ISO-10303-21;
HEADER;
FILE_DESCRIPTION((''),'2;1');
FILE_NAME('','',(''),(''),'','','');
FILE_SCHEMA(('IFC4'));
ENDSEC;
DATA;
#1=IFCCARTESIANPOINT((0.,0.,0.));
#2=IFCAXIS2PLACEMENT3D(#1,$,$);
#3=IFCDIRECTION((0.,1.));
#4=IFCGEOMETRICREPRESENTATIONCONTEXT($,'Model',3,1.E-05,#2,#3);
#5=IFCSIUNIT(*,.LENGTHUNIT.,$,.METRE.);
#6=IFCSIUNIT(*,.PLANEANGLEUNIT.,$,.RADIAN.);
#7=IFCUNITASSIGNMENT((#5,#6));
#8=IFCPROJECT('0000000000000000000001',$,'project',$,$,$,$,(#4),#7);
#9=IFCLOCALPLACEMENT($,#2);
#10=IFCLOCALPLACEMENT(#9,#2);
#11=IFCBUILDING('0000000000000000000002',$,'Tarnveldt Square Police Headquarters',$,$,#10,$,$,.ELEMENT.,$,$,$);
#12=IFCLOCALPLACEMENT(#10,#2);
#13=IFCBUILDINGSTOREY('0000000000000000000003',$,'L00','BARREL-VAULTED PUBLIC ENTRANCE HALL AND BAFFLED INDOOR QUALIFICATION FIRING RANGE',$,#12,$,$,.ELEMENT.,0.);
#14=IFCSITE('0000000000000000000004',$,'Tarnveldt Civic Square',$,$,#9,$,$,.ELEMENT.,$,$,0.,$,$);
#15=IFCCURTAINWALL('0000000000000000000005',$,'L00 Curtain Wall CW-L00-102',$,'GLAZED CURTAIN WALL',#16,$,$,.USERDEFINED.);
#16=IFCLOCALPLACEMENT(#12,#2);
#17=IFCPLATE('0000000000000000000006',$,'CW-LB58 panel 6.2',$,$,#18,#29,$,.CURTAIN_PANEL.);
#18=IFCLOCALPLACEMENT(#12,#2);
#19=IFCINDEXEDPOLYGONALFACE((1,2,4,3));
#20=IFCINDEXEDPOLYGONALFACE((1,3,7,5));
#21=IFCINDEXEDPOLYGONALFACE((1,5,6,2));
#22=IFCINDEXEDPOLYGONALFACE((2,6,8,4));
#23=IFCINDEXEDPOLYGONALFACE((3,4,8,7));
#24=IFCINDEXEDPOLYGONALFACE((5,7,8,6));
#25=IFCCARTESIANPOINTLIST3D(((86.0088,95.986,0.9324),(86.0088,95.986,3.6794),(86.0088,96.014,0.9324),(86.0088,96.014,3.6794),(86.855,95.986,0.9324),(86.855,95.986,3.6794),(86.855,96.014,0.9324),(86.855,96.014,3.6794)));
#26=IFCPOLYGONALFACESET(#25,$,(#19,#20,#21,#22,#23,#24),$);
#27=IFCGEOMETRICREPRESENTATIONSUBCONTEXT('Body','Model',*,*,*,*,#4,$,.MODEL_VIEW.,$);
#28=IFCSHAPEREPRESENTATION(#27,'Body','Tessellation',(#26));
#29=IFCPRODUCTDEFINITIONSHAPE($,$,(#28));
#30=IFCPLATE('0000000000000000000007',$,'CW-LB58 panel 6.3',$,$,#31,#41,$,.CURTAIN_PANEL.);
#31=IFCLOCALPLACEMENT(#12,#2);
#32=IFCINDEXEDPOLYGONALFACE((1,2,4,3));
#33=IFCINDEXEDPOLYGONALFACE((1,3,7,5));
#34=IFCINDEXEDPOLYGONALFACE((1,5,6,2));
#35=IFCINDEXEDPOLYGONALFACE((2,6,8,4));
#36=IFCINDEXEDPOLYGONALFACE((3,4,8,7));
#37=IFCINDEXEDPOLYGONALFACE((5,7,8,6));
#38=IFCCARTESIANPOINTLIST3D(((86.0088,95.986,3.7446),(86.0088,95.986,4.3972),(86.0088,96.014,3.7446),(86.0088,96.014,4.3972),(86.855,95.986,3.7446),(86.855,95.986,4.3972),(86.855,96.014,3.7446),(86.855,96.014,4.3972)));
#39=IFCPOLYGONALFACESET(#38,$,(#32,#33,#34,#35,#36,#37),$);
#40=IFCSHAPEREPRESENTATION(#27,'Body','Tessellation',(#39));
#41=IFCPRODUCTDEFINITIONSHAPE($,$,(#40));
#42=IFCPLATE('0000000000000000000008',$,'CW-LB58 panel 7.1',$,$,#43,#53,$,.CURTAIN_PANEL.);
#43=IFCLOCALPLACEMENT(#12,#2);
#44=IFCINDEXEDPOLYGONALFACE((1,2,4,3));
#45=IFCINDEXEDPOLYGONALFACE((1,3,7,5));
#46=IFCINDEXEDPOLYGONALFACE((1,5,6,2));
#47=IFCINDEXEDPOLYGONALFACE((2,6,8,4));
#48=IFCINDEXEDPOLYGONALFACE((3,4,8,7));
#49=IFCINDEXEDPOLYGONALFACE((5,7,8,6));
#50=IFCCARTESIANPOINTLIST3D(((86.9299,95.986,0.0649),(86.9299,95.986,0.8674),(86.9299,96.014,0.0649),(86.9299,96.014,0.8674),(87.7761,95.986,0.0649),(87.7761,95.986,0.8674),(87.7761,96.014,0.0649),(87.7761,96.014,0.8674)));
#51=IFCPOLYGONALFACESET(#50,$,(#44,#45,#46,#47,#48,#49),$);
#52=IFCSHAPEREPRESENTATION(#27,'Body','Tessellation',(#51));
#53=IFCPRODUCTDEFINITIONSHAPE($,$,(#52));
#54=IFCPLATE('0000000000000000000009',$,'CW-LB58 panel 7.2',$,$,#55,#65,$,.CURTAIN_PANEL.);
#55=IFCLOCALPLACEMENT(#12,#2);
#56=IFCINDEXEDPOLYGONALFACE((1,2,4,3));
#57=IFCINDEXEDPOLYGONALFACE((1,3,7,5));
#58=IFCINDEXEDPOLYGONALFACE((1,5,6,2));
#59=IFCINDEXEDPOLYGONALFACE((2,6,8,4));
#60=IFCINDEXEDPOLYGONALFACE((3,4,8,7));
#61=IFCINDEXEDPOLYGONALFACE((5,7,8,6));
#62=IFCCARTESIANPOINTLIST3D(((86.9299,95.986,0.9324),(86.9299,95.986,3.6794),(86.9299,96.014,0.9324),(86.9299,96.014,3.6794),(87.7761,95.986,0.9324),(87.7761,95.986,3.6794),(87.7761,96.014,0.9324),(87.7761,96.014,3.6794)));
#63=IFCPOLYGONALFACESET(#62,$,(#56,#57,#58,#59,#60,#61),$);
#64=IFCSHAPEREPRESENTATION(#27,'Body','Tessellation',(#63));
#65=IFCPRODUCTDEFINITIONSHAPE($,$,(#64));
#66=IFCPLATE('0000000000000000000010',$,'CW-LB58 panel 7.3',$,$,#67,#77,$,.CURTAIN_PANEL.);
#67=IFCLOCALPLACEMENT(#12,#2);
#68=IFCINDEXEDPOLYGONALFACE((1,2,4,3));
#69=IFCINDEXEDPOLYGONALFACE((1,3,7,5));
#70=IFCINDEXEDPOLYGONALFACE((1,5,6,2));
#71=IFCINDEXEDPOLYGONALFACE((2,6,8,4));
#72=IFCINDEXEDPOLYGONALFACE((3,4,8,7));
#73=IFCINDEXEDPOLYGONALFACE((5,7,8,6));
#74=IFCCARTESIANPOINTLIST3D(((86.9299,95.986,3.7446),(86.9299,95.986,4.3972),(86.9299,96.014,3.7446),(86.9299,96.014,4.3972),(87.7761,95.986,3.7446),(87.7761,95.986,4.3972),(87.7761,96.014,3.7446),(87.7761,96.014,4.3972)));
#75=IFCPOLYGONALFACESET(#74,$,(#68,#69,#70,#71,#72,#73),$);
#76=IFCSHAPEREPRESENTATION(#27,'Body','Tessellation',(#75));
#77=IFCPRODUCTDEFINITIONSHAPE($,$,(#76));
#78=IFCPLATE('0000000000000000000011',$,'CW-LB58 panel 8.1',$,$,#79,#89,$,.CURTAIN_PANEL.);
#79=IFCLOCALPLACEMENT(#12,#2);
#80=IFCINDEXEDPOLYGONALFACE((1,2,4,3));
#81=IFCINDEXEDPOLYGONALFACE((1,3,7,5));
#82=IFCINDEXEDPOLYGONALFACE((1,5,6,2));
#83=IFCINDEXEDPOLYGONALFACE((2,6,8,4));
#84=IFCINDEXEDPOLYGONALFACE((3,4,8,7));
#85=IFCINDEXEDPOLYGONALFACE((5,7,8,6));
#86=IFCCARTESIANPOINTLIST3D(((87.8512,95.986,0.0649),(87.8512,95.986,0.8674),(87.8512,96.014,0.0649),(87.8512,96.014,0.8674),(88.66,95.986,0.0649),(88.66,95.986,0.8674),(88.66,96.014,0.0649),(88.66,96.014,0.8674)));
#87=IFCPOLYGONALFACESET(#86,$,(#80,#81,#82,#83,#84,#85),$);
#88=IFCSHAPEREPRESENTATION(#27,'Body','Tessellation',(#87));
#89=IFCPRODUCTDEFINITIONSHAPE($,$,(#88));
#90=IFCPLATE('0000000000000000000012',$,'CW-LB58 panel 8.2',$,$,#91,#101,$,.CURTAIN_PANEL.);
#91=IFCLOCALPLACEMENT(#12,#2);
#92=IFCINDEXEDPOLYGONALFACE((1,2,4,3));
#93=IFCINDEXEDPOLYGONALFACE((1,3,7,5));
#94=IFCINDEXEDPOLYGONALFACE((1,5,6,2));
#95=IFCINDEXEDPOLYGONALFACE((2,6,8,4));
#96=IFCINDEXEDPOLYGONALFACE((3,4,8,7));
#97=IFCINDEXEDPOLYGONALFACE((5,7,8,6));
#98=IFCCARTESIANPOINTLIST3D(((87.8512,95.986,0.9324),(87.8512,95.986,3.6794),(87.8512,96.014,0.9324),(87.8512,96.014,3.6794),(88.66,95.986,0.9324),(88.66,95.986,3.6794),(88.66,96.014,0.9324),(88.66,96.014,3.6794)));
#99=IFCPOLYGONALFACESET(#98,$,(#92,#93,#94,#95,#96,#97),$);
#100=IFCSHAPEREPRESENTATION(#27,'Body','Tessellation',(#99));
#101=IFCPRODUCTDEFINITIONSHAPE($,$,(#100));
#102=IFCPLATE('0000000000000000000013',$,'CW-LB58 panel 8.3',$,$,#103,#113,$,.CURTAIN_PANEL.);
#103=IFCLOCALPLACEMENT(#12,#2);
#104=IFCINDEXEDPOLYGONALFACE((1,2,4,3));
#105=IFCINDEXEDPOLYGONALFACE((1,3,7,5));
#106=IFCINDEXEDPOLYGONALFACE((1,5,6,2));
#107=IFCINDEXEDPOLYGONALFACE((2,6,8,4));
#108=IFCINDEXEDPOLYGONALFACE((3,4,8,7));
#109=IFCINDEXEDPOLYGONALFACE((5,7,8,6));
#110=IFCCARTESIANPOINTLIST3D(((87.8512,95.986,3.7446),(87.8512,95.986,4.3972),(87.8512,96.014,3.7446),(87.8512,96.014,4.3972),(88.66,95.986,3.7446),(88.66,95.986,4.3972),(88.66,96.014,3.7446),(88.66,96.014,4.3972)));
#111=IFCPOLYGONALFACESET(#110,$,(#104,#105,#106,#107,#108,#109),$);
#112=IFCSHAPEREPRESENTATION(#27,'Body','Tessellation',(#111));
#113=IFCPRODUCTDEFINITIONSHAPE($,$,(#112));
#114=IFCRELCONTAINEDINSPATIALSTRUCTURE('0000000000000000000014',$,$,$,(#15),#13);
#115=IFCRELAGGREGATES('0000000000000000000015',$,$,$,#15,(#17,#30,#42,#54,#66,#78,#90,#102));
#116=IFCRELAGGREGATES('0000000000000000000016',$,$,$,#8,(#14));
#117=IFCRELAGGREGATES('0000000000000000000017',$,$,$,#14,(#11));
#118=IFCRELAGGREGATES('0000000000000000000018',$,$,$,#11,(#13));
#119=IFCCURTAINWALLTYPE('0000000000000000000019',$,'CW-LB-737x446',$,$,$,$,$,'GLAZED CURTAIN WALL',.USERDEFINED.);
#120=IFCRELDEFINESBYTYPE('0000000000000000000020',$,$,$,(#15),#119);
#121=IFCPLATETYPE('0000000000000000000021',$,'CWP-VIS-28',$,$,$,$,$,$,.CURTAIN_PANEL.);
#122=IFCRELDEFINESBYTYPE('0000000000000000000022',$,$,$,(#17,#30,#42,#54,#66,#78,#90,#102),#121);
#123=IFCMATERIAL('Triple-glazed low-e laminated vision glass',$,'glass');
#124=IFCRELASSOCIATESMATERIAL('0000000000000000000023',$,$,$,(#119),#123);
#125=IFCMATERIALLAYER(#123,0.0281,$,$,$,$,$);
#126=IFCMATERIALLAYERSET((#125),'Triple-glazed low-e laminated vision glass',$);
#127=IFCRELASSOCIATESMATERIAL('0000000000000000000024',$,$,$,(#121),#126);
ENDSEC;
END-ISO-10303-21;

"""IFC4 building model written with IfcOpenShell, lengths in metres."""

from ifc_helpers import new_model, si_unit, direction, frame, origin, origin_2d, place, context, subcontext, project, spatial, rectangle, extrude, material, layer, layer_set, type_object, element, aggregate, save


model = new_model("IFC4")

# Units and contexts
model_context = context("Model", 3, precision=1e-05, world=origin(), true_north=direction((0.0, 1.0)))
body_context = subcontext(model_context, "Body", "Model", "MODEL_VIEW")
ifc_project = project(units=[si_unit("LENGTHUNIT", "METRE"), si_unit("PLANEANGLEUNIT", "RADIAN")], contexts=[model_context])

# Site, building, storey
site_placement = place(None, origin())
site = spatial("IfcSite", under=ifc_project, at=site_placement, Name="Tarnveldt Civic Square", CompositionType="ELEMENT", RefElevation=0.0)
building_placement = place(site_placement, origin())
building = spatial("IfcBuilding", under=site, at=building_placement, Name="Tarnveldt Square Police Headquarters", CompositionType="ELEMENT")
storey_placement = place(building_placement, origin())
storey = spatial("IfcBuildingStorey", under=building, at=storey_placement, Name="L00", Description="BARREL-VAULTED PUBLIC ENTRANCE HALL AND BAFFLED INDOOR QUALIFICATION FIRING RANGE", CompositionType="ELEMENT", Elevation=0.0)

# Curtain wall
ifc_material_1 = material(Name="Triple-glazed low-e laminated vision glass", Category="glass")
curtain_wall_type_1 = type_object("IfcCurtainWallType", Name="CW-LB-737x446", ElementType="GLAZED CURTAIN WALL", PredefinedType="USERDEFINED", material=ifc_material_1)
curtain_wall_1_placement = place(storey_placement, origin())
curtain_wall_1 = element("IfcCurtainWall", 1, at=curtain_wall_1_placement, inside=storey, type_object=curtain_wall_type_1, Name="L00 Curtain Wall CW-L00-102", ObjectType="GLAZED CURTAIN WALL", PredefinedType="USERDEFINED")

# Plates
ifc_layer = layer(ifc_material_1, 0.0281)
ifc_layer_set = layer_set([ifc_layer], Name="Triple-glazed low-e laminated vision glass")
plate_type = type_object("IfcPlateType", Name="CWP-VIS-28", PredefinedType="CURTAIN_PANEL", material=ifc_layer_set)
plate_1_placement = place(storey_placement, frame((86.4319, 96.0, 0.9324), z_axis=(0.0, 0.0, 1.0), x_axis=(1.0, 0.0, 0.0)))
plate_1 = element("IfcPlate", 2, at=plate_1_placement, type_object=plate_type, Name="CW-LB58 panel 6.2", PredefinedType="CURTAIN_PANEL", context=body_context, shape_type="SweptSolid", body=[
    extrude(rectangle(XDim=0.8462, YDim=0.0281, at=origin_2d()), origin(), (0.0, 0.0, 1.0), 2.7471),
])
plate_2_placement = place(storey_placement, frame((86.4319, 96.0, 3.7446), z_axis=(0.0, 0.0, 1.0), x_axis=(1.0, 0.0, 0.0)))
plate_2 = element("IfcPlate", 3, at=plate_2_placement, type_object=plate_type, Name="CW-LB58 panel 6.3", PredefinedType="CURTAIN_PANEL", context=body_context, shape_type="SweptSolid", body=[
    extrude(rectangle(XDim=0.8462, YDim=0.0281, at=origin_2d()), origin(), (0.0, 0.0, 1.0), 0.6526),
])
plate_3_placement = place(storey_placement, frame((87.353, 96.0, 0.0649), z_axis=(0.0, 0.0, 1.0), x_axis=(1.0, 0.0, 0.0)))
plate_3 = element("IfcPlate", 4, at=plate_3_placement, type_object=plate_type, Name="CW-LB58 panel 7.1", PredefinedType="CURTAIN_PANEL", context=body_context, shape_type="SweptSolid", body=[
    extrude(rectangle(XDim=0.8462, YDim=0.0281, at=origin_2d()), origin(), (0.0, 0.0, 1.0), 0.8025),
])
plate_4_placement = place(storey_placement, frame((87.353, 96.0, 0.9324), z_axis=(0.0, 0.0, 1.0), x_axis=(1.0, 0.0, 0.0)))
plate_4 = element("IfcPlate", 5, at=plate_4_placement, type_object=plate_type, Name="CW-LB58 panel 7.2", PredefinedType="CURTAIN_PANEL", context=body_context, shape_type="SweptSolid", body=[
    extrude(rectangle(XDim=0.8462, YDim=0.0281, at=origin_2d()), origin(), (0.0, 0.0, 1.0), 2.7471),
])
plate_5_placement = place(storey_placement, frame((87.353, 96.0, 3.7446), z_axis=(0.0, 0.0, 1.0), x_axis=(1.0, 0.0, 0.0)))
plate_5 = element("IfcPlate", 6, at=plate_5_placement, type_object=plate_type, Name="CW-LB58 panel 7.3", PredefinedType="CURTAIN_PANEL", context=body_context, shape_type="SweptSolid", body=[
    extrude(rectangle(XDim=0.8462, YDim=0.0281, at=origin_2d()), origin(), (0.0, 0.0, 1.0), 0.6526),
])
plate_6_placement = place(storey_placement, frame((88.2556, 96.0, 0.0649), z_axis=(0.0, 0.0, 1.0), x_axis=(1.0, 0.0, 0.0)))
plate_6 = element("IfcPlate", 7, at=plate_6_placement, type_object=plate_type, Name="CW-LB58 panel 8.1", PredefinedType="CURTAIN_PANEL", context=body_context, shape_type="SweptSolid", body=[
    extrude(rectangle(XDim=0.8088, YDim=0.0281, at=origin_2d()), origin(), (0.0, 0.0, 1.0), 0.8025),
])
plate_7_placement = place(storey_placement, frame((88.2556, 96.0, 0.9324), z_axis=(0.0, 0.0, 1.0), x_axis=(1.0, 0.0, 0.0)))
plate_7 = element("IfcPlate", 8, at=plate_7_placement, type_object=plate_type, Name="CW-LB58 panel 8.2", PredefinedType="CURTAIN_PANEL", context=body_context, shape_type="SweptSolid", body=[
    extrude(rectangle(XDim=0.8088, YDim=0.0281, at=origin_2d()), origin(), (0.0, 0.0, 1.0), 2.7471),
])
plate_8_placement = place(storey_placement, frame((88.2556, 96.0, 3.7446), z_axis=(0.0, 0.0, 1.0), x_axis=(1.0, 0.0, 0.0)))
plate_8 = element("IfcPlate", 9, at=plate_8_placement, type_object=plate_type, Name="CW-LB58 panel 8.3", PredefinedType="CURTAIN_PANEL", context=body_context, shape_type="SweptSolid", body=[
    extrude(rectangle(XDim=0.8088, YDim=0.0281, at=origin_2d()), origin(), (0.0, 0.0, 1.0), 0.6526),
])
aggregate(curtain_wall_1, [plate_1, plate_2, plate_3, plate_4, plate_5, plate_6, plate_7, plate_8])

save(model, "model.ifc")
